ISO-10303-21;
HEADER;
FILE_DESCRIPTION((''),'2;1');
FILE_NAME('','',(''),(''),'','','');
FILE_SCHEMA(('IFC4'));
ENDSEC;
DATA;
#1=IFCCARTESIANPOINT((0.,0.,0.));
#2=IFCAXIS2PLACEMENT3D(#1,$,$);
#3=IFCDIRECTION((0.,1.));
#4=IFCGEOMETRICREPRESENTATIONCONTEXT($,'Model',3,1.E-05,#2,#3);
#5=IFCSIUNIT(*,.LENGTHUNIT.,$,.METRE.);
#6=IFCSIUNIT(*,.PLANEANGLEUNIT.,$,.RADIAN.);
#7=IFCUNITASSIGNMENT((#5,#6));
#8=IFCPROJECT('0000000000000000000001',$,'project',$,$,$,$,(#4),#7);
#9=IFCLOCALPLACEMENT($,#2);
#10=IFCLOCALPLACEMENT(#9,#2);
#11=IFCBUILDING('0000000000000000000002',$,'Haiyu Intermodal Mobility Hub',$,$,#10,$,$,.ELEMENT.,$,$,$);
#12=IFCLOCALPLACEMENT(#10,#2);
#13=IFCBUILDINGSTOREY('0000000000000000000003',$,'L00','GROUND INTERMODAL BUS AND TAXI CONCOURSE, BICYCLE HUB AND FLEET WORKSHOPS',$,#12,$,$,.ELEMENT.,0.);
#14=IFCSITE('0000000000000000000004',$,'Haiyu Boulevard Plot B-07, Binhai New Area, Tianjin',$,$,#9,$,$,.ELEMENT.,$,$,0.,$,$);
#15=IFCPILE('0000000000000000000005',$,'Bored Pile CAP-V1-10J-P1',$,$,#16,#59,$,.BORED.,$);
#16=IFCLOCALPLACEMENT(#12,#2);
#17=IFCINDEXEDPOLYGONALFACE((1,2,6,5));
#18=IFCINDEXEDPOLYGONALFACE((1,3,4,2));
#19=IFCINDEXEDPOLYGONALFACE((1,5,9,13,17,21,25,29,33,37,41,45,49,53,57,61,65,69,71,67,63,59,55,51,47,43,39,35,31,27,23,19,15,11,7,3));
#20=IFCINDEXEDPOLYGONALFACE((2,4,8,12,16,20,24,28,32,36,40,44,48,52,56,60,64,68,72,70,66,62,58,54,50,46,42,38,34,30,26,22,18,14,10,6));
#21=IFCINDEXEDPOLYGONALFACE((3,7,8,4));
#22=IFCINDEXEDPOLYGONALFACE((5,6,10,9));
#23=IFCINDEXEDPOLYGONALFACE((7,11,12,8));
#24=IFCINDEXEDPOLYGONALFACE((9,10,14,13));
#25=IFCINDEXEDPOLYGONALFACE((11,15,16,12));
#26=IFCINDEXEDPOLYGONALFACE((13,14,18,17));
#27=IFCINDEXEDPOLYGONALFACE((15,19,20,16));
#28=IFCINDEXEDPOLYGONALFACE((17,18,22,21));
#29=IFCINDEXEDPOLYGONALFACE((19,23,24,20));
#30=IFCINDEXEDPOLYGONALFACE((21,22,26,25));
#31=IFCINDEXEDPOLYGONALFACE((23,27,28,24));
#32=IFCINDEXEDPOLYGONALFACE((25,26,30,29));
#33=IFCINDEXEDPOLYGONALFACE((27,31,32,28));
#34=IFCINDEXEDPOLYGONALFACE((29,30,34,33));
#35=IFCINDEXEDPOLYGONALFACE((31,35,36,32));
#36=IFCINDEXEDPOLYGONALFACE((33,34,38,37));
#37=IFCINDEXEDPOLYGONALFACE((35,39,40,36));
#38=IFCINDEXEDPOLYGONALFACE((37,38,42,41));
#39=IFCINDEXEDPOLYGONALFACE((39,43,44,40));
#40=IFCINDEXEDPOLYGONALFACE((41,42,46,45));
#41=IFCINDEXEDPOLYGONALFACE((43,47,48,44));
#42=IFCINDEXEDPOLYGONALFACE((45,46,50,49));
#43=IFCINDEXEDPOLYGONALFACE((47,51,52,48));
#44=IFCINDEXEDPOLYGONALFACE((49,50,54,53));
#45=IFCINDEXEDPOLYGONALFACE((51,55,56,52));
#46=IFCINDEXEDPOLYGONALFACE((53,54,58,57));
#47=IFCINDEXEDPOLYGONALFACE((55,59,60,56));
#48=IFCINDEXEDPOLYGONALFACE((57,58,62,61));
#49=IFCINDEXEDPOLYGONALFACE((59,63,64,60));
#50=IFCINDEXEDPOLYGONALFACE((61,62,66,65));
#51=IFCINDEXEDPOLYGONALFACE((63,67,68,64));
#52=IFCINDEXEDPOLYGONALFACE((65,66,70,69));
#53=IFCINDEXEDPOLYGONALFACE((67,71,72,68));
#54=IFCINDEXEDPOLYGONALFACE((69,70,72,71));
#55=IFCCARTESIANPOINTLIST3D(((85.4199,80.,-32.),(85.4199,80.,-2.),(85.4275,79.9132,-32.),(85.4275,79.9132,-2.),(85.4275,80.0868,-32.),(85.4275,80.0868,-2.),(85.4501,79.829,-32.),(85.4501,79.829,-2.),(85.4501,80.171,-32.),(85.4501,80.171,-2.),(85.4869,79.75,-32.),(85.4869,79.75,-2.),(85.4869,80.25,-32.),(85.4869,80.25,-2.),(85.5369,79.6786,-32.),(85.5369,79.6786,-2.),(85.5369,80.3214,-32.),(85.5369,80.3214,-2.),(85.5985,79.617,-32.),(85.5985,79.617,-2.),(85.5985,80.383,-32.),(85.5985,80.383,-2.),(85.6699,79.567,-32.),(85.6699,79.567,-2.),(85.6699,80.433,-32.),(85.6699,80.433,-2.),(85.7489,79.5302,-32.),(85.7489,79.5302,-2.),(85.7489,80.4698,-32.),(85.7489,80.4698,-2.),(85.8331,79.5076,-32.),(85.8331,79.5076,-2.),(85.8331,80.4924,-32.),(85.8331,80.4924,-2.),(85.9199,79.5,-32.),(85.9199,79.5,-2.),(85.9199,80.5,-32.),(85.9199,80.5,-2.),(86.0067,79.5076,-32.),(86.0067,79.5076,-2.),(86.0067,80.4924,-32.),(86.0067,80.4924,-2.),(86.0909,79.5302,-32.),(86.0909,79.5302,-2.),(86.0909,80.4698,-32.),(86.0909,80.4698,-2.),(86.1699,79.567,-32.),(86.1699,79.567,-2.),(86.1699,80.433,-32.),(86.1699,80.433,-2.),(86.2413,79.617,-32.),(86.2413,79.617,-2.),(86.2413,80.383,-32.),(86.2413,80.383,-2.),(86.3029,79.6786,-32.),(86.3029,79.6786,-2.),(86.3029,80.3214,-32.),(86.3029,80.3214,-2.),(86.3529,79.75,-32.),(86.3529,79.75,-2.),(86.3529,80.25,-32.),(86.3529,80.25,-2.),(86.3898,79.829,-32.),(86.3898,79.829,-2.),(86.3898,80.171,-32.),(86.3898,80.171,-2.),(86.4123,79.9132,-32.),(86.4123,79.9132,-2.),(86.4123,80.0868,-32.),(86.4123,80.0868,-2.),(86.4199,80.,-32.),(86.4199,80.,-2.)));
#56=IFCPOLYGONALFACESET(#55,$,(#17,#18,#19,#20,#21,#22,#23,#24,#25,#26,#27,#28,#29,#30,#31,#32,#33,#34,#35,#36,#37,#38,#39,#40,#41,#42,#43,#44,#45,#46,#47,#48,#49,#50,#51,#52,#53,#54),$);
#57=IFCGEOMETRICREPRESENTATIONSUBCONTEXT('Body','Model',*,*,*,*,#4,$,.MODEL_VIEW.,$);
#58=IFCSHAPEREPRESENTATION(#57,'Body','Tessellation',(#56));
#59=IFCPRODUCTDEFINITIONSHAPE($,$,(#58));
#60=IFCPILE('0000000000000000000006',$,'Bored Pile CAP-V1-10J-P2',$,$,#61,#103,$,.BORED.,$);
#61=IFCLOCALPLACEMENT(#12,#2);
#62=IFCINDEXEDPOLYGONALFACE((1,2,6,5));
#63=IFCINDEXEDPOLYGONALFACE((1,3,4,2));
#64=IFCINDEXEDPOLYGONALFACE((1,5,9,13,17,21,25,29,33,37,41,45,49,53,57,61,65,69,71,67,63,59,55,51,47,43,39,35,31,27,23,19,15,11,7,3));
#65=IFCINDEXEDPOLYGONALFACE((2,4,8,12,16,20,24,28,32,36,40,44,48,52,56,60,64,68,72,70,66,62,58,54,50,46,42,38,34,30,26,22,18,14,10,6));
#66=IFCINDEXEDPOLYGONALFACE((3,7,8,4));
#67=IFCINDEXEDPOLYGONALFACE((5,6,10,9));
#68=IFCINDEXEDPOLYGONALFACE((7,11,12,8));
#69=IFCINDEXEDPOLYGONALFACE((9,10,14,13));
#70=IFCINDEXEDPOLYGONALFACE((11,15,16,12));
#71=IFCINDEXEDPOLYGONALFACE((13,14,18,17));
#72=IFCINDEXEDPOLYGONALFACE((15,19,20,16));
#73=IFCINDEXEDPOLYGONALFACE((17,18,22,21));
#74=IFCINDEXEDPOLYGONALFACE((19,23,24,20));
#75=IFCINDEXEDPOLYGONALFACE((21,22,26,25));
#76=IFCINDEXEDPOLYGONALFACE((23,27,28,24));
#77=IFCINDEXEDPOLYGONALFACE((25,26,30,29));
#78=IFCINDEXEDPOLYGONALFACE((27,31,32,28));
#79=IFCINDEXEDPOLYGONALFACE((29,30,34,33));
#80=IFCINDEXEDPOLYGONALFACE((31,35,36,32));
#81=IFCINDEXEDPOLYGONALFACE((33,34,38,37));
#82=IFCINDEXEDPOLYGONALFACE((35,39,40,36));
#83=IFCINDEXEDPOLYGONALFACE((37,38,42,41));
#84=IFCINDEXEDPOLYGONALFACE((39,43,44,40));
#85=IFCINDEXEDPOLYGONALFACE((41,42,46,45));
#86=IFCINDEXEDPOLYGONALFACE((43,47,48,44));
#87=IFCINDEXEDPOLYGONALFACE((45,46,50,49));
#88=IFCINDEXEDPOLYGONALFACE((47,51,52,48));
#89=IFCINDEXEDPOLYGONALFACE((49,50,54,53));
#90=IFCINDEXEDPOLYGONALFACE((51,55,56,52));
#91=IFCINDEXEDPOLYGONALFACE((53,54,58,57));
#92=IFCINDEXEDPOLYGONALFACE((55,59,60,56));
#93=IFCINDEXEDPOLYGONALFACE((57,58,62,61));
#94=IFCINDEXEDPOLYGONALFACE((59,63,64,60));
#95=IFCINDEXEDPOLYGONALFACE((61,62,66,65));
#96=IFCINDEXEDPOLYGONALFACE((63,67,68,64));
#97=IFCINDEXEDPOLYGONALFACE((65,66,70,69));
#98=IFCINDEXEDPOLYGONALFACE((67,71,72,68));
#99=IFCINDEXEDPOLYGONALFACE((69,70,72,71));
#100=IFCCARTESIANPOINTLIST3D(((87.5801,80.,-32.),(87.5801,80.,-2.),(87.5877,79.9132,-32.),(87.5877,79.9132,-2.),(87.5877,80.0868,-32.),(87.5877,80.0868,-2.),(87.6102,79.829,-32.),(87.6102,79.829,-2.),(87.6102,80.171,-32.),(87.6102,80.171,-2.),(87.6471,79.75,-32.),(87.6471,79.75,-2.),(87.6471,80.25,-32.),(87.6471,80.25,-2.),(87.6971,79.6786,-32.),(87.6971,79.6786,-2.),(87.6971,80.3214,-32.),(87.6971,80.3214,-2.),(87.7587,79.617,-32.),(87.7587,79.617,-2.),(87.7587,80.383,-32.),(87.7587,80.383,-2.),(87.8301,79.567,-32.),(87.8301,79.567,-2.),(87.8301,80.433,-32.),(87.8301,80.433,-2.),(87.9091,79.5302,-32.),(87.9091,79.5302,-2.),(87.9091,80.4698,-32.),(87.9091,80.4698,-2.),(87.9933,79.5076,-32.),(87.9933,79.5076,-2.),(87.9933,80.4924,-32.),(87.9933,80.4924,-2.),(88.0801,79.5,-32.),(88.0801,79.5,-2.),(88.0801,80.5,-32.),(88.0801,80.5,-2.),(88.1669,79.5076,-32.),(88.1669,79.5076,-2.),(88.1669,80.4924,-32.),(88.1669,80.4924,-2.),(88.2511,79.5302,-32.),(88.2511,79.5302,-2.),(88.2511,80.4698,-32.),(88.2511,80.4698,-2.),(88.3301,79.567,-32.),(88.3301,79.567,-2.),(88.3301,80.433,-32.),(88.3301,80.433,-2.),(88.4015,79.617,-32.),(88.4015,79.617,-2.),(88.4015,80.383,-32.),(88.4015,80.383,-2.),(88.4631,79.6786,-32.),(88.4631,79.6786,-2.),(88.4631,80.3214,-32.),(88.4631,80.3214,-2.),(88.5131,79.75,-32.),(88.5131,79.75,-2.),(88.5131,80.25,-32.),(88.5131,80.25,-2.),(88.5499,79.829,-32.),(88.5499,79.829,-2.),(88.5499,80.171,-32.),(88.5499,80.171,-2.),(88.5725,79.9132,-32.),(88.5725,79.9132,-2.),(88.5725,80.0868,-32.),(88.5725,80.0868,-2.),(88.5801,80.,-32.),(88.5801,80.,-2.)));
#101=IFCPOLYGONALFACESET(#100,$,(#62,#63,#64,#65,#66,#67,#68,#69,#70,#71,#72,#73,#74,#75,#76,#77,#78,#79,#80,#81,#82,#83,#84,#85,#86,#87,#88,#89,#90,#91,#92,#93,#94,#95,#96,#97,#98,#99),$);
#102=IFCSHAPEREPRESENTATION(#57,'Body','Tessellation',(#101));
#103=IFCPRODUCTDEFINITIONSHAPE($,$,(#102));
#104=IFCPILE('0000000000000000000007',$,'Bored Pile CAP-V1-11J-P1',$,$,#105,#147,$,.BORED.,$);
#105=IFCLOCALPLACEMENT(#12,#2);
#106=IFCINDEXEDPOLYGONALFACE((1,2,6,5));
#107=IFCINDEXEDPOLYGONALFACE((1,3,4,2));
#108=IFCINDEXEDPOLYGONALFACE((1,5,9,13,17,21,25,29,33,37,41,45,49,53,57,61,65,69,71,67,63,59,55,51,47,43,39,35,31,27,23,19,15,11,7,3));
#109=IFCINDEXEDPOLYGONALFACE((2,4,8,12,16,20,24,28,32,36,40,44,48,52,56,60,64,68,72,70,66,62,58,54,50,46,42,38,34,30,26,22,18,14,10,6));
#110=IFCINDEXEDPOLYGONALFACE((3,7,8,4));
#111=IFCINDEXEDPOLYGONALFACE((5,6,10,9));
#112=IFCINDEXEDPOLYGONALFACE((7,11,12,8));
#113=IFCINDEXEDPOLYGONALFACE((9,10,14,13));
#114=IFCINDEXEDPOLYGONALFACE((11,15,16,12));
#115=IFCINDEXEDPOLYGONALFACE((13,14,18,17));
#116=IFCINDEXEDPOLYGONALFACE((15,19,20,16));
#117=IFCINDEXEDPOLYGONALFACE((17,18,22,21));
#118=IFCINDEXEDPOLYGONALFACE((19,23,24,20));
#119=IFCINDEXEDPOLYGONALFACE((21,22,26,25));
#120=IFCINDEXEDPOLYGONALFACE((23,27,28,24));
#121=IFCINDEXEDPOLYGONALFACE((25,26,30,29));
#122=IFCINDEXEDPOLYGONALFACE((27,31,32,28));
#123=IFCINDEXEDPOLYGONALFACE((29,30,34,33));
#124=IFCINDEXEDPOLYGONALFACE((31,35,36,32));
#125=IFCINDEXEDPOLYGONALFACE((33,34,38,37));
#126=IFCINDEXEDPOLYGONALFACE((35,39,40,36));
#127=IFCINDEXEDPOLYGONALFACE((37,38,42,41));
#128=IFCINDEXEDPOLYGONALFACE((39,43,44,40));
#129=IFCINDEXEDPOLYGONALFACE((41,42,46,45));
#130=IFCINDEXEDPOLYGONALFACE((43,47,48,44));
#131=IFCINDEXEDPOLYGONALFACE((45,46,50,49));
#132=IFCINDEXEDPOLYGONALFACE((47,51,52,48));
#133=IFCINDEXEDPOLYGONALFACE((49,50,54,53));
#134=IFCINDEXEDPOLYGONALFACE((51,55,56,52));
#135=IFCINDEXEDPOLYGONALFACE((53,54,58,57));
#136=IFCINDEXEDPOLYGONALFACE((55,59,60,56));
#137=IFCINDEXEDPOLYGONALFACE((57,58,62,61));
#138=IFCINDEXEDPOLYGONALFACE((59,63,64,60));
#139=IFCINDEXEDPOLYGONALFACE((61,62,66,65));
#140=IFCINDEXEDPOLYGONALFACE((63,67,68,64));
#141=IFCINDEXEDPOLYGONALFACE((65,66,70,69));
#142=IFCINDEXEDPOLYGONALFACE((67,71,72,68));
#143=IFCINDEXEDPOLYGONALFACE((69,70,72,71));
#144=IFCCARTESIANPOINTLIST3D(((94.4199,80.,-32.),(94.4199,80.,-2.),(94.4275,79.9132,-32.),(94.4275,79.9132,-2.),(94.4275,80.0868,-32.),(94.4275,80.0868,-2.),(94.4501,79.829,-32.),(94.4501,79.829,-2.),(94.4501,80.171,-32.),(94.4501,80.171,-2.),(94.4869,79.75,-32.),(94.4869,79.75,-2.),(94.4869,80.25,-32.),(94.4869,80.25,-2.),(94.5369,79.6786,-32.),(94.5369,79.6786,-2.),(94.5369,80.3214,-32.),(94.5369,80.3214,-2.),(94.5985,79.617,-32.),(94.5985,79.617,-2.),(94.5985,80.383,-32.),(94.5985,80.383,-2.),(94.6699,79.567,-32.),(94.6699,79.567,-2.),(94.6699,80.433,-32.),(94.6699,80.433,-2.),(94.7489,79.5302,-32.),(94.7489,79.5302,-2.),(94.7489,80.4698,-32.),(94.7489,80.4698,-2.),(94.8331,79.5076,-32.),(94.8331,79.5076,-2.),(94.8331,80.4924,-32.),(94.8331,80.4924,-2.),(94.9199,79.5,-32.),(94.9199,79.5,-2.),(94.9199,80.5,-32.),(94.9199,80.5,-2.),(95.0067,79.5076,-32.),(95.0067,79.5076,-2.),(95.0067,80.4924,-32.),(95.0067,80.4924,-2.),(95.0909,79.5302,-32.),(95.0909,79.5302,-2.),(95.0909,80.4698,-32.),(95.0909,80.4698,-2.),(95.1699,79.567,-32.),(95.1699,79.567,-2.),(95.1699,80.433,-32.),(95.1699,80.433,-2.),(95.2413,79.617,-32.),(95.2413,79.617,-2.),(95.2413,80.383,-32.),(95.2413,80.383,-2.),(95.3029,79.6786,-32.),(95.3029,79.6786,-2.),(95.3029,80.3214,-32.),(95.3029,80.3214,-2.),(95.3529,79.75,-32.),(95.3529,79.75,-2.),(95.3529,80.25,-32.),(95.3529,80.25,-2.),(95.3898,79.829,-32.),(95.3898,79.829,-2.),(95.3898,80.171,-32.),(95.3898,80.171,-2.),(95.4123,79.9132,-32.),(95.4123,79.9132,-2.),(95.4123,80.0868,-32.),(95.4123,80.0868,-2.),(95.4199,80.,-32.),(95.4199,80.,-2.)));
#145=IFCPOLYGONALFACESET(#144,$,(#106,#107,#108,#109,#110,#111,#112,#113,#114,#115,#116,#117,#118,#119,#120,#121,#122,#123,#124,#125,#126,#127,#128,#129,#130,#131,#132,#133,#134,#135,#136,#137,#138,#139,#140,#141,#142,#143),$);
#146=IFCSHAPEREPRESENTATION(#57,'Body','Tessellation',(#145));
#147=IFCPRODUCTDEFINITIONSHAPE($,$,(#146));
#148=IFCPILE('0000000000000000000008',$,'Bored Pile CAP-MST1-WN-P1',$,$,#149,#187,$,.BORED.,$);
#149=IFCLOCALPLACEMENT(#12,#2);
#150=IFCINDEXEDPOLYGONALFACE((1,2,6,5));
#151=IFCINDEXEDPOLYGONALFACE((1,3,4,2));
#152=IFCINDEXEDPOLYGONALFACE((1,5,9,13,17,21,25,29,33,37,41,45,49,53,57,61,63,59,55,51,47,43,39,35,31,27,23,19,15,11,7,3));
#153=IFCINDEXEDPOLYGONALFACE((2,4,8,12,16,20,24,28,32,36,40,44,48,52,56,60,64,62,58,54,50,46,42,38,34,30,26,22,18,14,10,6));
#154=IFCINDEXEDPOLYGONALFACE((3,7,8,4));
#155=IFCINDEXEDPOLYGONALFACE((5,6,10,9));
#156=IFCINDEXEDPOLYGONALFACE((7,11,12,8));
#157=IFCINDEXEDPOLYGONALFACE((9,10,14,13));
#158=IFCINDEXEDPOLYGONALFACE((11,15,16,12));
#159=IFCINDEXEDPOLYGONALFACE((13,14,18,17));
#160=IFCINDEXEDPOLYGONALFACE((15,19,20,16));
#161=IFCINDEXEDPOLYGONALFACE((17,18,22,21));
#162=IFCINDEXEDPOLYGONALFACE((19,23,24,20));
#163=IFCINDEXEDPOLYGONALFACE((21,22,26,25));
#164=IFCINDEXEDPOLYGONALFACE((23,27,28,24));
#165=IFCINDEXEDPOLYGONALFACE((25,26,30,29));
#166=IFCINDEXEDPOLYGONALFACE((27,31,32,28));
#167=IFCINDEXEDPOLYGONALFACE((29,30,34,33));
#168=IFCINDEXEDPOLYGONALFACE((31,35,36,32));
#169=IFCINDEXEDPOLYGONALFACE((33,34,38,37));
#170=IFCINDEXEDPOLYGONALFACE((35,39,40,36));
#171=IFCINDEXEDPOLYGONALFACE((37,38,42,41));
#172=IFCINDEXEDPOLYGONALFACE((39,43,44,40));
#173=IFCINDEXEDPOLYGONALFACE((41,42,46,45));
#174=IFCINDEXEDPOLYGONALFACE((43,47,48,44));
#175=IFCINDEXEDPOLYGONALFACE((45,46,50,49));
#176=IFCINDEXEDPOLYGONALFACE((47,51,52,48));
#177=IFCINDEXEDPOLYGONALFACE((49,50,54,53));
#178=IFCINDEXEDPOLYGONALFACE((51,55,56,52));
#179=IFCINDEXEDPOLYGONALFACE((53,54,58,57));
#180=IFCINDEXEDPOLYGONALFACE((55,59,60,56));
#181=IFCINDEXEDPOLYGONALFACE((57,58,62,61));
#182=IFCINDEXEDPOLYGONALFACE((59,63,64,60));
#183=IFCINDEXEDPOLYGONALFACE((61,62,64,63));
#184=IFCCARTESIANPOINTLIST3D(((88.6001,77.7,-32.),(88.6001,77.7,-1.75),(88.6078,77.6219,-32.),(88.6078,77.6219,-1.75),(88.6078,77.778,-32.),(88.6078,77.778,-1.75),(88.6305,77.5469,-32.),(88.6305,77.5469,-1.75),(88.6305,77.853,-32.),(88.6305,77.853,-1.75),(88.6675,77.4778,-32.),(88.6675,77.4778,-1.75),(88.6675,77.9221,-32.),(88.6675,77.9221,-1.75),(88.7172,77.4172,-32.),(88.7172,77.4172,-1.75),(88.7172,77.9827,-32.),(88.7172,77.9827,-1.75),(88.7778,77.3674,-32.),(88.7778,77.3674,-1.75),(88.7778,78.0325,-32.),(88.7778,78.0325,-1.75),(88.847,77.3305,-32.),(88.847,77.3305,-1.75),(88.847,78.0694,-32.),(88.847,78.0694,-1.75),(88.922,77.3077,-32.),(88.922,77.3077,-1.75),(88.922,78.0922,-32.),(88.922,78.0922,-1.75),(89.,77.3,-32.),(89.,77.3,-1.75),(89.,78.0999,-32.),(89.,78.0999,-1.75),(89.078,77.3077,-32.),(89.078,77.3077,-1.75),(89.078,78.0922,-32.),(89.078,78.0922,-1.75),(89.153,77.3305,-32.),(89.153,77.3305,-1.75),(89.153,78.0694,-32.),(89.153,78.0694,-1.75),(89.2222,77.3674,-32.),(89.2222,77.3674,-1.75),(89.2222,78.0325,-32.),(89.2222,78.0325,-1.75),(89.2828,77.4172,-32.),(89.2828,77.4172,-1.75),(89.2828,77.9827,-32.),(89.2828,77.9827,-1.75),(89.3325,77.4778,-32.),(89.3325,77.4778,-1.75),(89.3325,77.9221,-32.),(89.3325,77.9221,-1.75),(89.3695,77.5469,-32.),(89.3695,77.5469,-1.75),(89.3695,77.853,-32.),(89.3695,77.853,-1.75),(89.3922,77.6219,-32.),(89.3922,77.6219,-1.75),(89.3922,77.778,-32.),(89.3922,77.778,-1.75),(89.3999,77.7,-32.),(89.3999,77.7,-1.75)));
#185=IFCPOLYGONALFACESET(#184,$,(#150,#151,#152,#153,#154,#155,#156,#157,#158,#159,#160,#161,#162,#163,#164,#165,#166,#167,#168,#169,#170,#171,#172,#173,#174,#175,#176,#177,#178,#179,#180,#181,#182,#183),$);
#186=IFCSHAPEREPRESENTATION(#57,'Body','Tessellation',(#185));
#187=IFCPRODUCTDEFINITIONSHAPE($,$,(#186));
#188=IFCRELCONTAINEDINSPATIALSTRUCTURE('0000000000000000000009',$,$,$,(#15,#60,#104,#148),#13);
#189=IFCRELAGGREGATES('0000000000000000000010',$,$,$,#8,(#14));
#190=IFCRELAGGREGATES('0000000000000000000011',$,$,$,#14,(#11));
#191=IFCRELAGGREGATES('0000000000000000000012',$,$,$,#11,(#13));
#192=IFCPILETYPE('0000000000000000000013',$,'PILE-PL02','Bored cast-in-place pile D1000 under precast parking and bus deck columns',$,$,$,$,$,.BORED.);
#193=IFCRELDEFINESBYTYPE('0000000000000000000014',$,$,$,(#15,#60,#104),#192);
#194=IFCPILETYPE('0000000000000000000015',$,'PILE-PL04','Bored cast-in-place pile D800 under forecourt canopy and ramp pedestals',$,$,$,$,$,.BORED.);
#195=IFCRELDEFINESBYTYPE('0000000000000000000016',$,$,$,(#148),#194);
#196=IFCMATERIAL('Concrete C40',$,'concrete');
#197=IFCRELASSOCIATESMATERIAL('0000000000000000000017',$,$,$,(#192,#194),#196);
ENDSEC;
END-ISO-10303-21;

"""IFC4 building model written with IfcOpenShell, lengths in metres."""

from ifc_helpers import new_model, si_unit, direction, frame, origin, origin_2d, place, context, subcontext, project, spatial, circle, extrude, material, material_profile, profile_set, type_object, element, save


model = new_model("IFC4")

# Units and contexts
model_context = context("Model", 3, precision=1e-05, world=origin(), true_north=direction((0.0, 1.0)))
body_context = subcontext(model_context, "Body", "Model", "MODEL_VIEW")
ifc_project = project(units=[si_unit("LENGTHUNIT", "METRE"), si_unit("PLANEANGLEUNIT", "RADIAN")], contexts=[model_context])

# Site, building, storey
site_placement = place(None, origin())
site = spatial("IfcSite", under=ifc_project, at=site_placement, Name="Haiyu Boulevard Plot B-07, Binhai New Area, Tianjin", CompositionType="ELEMENT", RefElevation=0.0)
building_placement = place(site_placement, origin())
building = spatial("IfcBuilding", under=site, at=building_placement, Name="Haiyu Intermodal Mobility Hub", CompositionType="ELEMENT")
storey_placement = place(building_placement, origin())
storey = spatial("IfcBuildingStorey", under=building, at=storey_placement, Name="L00", Description="GROUND INTERMODAL BUS AND TAXI CONCOURSE, BICYCLE HUB AND FLEET WORKSHOPS", CompositionType="ELEMENT", Elevation=0.0)

# Shared definitions
ifc_material_1 = material(Name="Concrete C40", Category="concrete")

# Piles
ifc_material_profile_1 = material_profile(ifc_material_1, circle(Radius=0.5, at=origin_2d()), Name="PILE-D1000")
ifc_profile_set_1 = profile_set([ifc_material_profile_1], Name="Concrete C40")
pile_type_1 = type_object("IfcPileType", Name="PILE-PL02", Description="Bored cast-in-place pile D1000 under precast parking and bus deck columns", PredefinedType="BORED", material=ifc_profile_set_1)
for number, where, z_axis, x_axis, name in (
    (1, (85.9199, 80.0, -2.0), (0.0, 0.0, -1.0), (1.0, 0.0, 0.0), "Bored Pile CAP-V1-10J-P1"),
    (2, (88.0801, 80.0, -2.0), (0.0, 0.0, -1.0), (1.0, 0.0, 0.0), "Bored Pile CAP-V1-10J-P2"),
    (3, (94.9199, 80.0, -2.0), (0.0, 0.0, -1.0), (1.0, 0.0, 0.0), "Bored Pile CAP-V1-11J-P1"),
):
    element("IfcPile", number, at=place(storey_placement, frame(where, z_axis=z_axis, x_axis=x_axis)), inside=storey, type_object=pile_type_1, Name=name, PredefinedType="BORED", context=body_context, shape_type="SweptSolid", body=[
        extrude(circle(Radius=0.5, at=origin_2d()), origin(), (0.0, 0.0, 1.0), 30.0),
    ])
ifc_material_profile_2 = material_profile(ifc_material_1, circle(Radius=0.3999, at=origin_2d()), Name="PILE-D800")
ifc_profile_set_2 = profile_set([ifc_material_profile_2], Name="Concrete C40")
pile_type_2 = type_object("IfcPileType", Name="PILE-PL04", Description="Bored cast-in-place pile D800 under forecourt canopy and ramp pedestals", PredefinedType="BORED", material=ifc_profile_set_2)
pile_1_placement = place(storey_placement, frame((89.0, 77.7, -1.75), z_axis=(0.0, 0.0, -1.0), x_axis=(1.0, 0.0, 0.0)))
element("IfcPile", 4, at=pile_1_placement, inside=storey, type_object=pile_type_2, Name="Bored Pile CAP-MST1-WN-P1", PredefinedType="BORED", context=body_context, shape_type="SweptSolid", body=[
    extrude(circle(Radius=0.3999, at=origin_2d()), origin(), (0.0, 0.0, 1.0), 30.25),
])

save(model, "model.ifc")
